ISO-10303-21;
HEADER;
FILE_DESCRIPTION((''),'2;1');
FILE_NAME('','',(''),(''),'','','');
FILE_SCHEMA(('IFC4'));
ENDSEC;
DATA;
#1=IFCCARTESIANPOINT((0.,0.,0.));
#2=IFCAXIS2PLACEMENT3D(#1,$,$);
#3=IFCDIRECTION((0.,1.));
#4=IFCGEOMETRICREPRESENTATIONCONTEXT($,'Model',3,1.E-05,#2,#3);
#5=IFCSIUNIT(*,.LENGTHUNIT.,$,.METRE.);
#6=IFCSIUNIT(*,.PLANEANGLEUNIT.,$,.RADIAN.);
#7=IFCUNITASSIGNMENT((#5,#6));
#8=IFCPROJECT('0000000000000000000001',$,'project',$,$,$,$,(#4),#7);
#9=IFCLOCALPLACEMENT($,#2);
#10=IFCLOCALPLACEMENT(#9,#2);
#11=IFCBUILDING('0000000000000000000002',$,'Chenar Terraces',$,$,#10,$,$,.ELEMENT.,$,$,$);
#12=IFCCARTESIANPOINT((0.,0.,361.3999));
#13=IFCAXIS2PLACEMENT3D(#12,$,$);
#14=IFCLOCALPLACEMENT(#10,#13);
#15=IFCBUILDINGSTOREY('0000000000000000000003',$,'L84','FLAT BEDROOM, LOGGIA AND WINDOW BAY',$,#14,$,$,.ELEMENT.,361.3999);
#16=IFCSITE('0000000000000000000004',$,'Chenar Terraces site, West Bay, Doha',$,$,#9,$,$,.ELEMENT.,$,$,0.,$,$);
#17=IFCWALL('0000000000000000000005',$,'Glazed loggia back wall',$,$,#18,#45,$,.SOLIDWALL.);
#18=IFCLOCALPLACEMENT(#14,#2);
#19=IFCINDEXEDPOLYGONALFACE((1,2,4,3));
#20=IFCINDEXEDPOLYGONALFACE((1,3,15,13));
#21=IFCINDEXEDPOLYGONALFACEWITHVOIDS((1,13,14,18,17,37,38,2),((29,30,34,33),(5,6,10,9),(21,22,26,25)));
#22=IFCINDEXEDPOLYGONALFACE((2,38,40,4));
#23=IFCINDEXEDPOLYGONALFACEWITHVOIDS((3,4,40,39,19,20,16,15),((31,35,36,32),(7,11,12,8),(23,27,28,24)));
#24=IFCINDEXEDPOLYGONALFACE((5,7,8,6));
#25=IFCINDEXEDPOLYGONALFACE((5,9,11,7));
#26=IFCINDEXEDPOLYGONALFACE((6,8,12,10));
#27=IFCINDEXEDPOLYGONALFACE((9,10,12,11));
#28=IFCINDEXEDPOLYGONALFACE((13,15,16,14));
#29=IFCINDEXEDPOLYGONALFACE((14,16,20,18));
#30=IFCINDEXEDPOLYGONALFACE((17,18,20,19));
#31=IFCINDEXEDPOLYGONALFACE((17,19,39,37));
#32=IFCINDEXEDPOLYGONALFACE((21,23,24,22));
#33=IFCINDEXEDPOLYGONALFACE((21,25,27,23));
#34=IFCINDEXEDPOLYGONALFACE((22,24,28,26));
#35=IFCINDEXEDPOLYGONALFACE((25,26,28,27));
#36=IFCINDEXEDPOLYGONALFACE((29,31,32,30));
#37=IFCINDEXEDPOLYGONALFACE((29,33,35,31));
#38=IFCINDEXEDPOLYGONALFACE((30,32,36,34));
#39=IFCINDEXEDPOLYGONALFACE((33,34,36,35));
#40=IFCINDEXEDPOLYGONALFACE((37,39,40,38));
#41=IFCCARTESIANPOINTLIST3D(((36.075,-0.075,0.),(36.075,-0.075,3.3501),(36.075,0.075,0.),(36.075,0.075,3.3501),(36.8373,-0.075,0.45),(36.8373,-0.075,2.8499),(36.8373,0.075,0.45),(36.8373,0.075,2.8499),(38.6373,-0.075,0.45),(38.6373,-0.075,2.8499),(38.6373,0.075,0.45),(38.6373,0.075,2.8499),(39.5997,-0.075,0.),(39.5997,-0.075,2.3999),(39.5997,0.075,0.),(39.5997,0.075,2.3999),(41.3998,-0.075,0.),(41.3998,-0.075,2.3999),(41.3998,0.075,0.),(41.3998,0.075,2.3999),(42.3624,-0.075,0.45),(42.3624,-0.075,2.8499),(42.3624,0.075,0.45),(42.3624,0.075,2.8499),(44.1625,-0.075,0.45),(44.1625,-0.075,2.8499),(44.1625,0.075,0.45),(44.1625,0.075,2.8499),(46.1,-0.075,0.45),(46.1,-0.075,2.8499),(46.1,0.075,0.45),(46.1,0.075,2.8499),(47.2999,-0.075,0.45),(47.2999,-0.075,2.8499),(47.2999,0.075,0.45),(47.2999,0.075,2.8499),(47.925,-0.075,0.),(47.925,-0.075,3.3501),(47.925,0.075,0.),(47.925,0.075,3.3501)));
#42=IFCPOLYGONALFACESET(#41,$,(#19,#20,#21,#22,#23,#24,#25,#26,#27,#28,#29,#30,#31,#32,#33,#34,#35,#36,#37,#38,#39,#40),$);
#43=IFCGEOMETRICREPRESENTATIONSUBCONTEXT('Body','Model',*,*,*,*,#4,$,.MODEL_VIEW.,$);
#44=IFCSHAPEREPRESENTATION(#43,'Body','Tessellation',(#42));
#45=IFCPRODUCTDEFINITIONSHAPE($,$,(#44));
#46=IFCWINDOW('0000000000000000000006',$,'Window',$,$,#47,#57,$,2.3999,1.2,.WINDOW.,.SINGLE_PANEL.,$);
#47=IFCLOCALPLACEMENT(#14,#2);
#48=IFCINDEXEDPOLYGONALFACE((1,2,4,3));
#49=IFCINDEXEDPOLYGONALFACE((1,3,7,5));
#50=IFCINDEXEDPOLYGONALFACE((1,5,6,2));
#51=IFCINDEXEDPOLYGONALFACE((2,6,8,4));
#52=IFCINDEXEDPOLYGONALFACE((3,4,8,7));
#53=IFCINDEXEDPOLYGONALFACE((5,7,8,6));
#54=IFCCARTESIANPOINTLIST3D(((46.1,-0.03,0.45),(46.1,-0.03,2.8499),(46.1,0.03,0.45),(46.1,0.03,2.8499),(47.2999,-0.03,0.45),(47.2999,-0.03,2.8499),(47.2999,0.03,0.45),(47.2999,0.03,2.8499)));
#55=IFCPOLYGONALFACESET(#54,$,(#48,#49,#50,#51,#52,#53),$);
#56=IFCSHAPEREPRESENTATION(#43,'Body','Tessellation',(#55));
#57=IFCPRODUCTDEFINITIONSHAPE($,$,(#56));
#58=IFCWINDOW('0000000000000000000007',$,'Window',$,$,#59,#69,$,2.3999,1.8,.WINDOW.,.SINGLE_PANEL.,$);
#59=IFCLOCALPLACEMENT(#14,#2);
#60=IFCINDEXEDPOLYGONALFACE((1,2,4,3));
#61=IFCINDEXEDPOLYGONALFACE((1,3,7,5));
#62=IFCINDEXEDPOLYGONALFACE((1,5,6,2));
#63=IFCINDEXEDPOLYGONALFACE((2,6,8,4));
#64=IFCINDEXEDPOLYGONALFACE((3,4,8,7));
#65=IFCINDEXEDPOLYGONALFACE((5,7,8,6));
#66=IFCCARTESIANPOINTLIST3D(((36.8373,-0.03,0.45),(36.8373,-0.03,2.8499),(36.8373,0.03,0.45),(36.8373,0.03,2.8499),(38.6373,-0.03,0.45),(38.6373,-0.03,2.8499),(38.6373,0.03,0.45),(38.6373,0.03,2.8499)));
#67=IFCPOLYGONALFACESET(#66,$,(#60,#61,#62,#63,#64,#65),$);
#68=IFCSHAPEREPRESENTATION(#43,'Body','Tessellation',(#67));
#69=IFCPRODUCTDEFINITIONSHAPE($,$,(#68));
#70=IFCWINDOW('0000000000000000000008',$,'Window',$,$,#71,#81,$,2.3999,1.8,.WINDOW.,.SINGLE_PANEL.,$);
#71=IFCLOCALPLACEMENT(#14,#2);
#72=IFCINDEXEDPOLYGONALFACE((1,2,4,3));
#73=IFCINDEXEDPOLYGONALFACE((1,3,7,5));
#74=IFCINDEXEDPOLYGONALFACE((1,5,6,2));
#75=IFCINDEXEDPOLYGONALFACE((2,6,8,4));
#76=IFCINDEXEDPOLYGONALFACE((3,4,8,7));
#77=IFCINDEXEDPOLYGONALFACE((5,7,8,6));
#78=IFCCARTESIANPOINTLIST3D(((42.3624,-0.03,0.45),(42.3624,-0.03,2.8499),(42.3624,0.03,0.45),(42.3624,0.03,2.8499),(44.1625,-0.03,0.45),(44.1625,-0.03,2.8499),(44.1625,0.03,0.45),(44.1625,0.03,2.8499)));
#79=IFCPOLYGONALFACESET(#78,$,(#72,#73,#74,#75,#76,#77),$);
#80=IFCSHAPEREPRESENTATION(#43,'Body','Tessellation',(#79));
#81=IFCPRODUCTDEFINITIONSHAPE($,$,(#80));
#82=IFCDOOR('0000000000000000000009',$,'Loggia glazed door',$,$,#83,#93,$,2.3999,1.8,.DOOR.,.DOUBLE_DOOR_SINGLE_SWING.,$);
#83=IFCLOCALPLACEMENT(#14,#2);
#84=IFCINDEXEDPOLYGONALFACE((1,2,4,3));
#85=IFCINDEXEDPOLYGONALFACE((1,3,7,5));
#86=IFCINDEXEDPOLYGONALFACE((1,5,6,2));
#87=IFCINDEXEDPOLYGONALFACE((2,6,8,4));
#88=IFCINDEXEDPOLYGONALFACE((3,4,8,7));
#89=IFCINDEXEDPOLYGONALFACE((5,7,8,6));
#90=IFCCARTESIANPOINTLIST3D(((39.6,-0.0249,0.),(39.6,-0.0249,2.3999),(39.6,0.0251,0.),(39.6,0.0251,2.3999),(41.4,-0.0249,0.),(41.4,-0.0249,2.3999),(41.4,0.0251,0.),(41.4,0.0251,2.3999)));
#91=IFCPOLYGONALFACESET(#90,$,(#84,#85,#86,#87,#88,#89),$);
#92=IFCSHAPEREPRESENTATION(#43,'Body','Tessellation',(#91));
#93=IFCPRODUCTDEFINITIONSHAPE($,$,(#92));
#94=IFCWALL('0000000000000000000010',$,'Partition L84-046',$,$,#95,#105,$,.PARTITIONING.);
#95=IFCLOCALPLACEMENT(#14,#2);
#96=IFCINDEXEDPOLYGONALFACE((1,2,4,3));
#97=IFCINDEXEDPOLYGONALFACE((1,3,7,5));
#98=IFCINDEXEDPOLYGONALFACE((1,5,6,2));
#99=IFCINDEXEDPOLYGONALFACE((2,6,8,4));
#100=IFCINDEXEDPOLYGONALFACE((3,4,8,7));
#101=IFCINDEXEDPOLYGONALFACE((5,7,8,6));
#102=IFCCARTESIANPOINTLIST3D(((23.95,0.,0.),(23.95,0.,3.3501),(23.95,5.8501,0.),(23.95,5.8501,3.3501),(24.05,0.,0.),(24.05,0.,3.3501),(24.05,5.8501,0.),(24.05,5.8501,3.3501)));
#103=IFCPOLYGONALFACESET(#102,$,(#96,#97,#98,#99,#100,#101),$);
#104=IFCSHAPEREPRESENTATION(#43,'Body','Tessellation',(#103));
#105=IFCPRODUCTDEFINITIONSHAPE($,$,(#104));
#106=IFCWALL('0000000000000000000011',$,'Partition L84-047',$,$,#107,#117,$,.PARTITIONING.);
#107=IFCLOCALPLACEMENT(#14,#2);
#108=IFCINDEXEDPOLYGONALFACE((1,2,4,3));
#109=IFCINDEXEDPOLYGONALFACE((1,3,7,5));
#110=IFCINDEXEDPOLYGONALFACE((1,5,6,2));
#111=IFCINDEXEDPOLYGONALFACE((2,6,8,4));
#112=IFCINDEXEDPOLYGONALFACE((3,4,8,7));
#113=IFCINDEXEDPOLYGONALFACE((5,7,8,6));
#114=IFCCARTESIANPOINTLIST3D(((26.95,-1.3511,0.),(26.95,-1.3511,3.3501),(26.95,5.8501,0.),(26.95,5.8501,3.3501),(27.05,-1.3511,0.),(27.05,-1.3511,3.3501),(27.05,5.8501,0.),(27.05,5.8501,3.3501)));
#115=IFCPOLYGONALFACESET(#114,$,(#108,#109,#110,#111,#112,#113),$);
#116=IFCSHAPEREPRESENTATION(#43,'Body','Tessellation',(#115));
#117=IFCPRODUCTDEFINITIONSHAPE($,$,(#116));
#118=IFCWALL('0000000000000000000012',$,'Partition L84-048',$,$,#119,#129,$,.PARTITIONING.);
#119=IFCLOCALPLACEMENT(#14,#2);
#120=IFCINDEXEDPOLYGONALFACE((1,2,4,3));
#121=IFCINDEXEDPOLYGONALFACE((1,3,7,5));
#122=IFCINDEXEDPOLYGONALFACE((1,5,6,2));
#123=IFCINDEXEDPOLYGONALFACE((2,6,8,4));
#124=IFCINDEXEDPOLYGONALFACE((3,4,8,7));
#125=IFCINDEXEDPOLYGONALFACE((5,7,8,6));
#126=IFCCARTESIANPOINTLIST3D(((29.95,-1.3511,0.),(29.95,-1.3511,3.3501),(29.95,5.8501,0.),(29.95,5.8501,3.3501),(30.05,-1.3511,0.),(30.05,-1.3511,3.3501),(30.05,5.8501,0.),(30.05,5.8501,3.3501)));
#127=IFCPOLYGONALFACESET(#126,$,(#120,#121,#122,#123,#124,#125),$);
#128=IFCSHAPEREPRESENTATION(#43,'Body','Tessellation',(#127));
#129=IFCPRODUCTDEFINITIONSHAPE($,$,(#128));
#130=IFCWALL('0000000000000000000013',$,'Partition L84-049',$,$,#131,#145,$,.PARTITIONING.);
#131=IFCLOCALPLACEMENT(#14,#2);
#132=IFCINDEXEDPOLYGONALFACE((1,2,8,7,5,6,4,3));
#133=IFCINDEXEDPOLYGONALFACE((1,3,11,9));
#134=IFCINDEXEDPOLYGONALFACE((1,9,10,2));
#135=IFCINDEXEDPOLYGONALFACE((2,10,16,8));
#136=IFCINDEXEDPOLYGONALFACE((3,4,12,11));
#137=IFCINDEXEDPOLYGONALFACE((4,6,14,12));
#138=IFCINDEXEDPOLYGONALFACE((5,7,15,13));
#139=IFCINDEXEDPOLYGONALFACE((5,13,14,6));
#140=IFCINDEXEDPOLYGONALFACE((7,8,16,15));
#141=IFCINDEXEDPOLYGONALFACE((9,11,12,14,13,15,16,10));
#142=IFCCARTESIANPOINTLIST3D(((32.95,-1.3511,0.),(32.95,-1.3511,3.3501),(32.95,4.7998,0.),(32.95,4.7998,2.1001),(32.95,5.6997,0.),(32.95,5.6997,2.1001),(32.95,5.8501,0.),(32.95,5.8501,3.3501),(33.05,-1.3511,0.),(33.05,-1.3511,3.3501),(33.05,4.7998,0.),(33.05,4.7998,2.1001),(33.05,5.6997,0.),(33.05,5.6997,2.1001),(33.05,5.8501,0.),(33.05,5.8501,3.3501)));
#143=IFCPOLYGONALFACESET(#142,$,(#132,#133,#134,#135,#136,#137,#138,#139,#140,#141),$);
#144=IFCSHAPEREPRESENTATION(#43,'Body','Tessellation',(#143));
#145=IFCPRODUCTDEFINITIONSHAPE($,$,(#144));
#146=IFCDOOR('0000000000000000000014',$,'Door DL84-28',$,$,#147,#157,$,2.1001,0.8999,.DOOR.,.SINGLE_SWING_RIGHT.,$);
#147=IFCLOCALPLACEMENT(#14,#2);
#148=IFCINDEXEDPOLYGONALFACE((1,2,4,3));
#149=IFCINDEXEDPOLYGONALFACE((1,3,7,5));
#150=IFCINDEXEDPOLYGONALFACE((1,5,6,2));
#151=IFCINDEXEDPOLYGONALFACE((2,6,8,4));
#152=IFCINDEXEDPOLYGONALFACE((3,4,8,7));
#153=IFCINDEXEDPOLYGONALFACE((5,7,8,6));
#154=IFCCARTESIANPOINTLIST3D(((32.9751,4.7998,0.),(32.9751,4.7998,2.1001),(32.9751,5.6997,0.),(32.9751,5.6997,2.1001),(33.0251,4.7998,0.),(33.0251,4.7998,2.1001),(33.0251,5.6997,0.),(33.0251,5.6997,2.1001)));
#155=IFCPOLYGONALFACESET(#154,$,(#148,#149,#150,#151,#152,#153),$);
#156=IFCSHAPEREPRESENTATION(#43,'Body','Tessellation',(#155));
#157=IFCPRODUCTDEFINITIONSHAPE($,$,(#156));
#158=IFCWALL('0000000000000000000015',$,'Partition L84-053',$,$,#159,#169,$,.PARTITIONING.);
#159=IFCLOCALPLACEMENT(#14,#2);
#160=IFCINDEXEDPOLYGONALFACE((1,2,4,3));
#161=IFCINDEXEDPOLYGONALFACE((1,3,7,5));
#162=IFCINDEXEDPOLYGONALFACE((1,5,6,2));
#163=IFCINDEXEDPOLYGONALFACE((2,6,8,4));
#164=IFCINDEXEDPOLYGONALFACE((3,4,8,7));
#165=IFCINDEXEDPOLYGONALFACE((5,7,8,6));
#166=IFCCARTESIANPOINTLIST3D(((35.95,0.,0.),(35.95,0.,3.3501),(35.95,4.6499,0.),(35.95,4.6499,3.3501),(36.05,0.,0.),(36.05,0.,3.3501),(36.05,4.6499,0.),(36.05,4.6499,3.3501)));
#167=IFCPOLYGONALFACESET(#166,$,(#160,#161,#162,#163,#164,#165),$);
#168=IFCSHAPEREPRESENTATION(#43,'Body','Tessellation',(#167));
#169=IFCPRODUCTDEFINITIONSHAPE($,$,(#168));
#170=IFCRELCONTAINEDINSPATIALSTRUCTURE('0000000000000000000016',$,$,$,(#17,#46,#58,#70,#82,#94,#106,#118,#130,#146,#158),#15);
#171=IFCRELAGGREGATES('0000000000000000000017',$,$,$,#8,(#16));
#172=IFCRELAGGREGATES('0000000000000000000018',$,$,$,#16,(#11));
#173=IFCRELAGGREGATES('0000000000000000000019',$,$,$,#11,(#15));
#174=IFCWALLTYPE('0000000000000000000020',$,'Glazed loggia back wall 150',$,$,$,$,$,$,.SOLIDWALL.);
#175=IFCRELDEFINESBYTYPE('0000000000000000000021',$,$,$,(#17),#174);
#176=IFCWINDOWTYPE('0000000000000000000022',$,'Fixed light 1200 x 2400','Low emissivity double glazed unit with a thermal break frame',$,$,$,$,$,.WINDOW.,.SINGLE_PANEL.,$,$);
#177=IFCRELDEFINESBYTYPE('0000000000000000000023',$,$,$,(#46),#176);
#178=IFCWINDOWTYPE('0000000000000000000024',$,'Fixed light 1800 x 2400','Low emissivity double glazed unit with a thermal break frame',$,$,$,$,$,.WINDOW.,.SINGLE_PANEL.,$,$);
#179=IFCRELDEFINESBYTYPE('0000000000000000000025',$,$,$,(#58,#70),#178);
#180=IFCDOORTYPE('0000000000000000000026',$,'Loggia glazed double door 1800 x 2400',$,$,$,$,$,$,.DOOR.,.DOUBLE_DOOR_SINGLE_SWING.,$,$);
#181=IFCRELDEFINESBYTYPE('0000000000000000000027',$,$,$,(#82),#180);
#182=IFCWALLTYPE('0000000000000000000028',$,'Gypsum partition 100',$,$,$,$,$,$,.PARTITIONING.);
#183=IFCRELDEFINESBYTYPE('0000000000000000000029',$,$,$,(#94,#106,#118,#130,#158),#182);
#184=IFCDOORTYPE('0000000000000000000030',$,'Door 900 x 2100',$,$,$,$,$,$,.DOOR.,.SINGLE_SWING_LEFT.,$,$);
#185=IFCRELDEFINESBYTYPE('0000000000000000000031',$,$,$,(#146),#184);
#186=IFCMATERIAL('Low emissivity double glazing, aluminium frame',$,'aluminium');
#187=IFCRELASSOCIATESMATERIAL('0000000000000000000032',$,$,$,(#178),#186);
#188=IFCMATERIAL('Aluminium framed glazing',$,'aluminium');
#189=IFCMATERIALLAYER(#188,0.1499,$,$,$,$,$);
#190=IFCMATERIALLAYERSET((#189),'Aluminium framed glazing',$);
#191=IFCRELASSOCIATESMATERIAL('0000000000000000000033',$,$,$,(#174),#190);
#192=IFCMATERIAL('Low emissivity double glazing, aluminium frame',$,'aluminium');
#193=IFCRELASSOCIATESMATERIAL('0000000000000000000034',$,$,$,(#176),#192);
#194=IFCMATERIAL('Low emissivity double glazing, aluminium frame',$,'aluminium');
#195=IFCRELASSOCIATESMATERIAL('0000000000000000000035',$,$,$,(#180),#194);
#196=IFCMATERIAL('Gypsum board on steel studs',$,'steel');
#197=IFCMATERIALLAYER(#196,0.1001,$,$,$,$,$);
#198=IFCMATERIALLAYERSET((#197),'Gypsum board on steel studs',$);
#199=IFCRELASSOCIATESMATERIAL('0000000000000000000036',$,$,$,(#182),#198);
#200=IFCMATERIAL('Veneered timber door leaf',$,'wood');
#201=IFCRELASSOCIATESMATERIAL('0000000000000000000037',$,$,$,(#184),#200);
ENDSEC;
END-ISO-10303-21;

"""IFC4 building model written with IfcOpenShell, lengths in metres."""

from ifc_helpers import new_model, si_unit, direction, frame, frame_2d, origin, place, context, subcontext, project, spatial, rectangle, extrude, material, layer, layer_set, type_object, element, fill, save


model = new_model("IFC4")

# Units and contexts
model_context = context("Model", 3, precision=1e-05, world=origin(), true_north=direction((0.0, 1.0)))
body_context = subcontext(model_context, "Body", "Model", "MODEL_VIEW")
ifc_project = project(units=[si_unit("LENGTHUNIT", "METRE"), si_unit("PLANEANGLEUNIT", "RADIAN")], contexts=[model_context])

# Site, building, storey
site_placement = place(None, origin())
site = spatial("IfcSite", under=ifc_project, at=site_placement, Name="Chenar Terraces site, West Bay, Doha", CompositionType="ELEMENT", RefElevation=0.0)
building_placement = place(site_placement, origin())
building = spatial("IfcBuilding", under=site, at=building_placement, Name="Chenar Terraces", CompositionType="ELEMENT")
storey_placement = place(building_placement, frame((0.0, 0.0, 361.3999)))
storey = spatial("IfcBuildingStorey", under=building, at=storey_placement, Name="L84", Description="FLAT BEDROOM, LOGGIA AND WINDOW BAY", CompositionType="ELEMENT", Elevation=361.3999)

# Shared definitions
ifc_material_1 = material(Name="Low emissivity double glazing, aluminium frame", Category="aluminium")
window_type_1 = type_object("IfcWindowType", Name="Fixed light 1800 x 2400", Description="Low emissivity double glazed unit with a thermal break frame", PartitioningType="SINGLE_PANEL", PredefinedType="WINDOW", material=ifc_material_1)

# Wall, openings, windows, door
ifc_material_2 = material(Name="Aluminium framed glazing", Category="aluminium")
ifc_layer_1 = layer(ifc_material_2, 0.1499)
ifc_layer_set_1 = layer_set([ifc_layer_1], Name="Aluminium framed glazing")
wall_type_1 = type_object("IfcWallType", Name="Glazed loggia back wall 150", PredefinedType="SOLIDWALL", material=ifc_layer_set_1)
wall_1_placement = place(storey_placement, frame((36.075, 0.0, 0.0), z_axis=(0.0, 0.0, 1.0), x_axis=(1.0, 0.0, 0.0)))
wall_1 = element("IfcWall", 1, at=wall_1_placement, inside=storey, type_object=wall_type_1, Name="Glazed loggia back wall", PredefinedType="SOLIDWALL", context=body_context, shape_type="SweptSolid", body=[
    extrude(rectangle(XDim=11.8501, YDim=0.1499, at=frame_2d((5.925, 0.0))), origin(), (0.0, 0.0, 1.0), 3.3501),
])
opening_1_placement = place(wall_1_placement, frame((0.7625, 0.0, 0.45)))
opening_1 = element("IfcOpeningElement", 2, at=opening_1_placement, cuts=wall_1, PredefinedType="OPENING", context=body_context, shape_type="SweptSolid", body=[
    extrude(rectangle(XDim=1.8, YDim=2.3999, at=frame_2d((0.8999, 1.2))), frame((0.0, 0.085, 0.0), z_axis=(0.0, -1.0, 0.0), x_axis=(1.0, 0.0, 0.0)), (0.0, 0.0, 1.0), 0.1699),
])
opening_2_placement = place(wall_1_placement, frame((3.5249, 0.0, 0.0)))
opening_2 = element("IfcOpeningElement", 3, at=opening_2_placement, cuts=wall_1, PredefinedType="OPENING", context=body_context, shape_type="SweptSolid", body=[
    extrude(rectangle(XDim=1.8, YDim=2.3999, at=frame_2d((0.8999, 1.2))), frame((0.0, 0.085, 0.0), z_axis=(0.0, -1.0, 0.0), x_axis=(1.0, 0.0, 0.0)), (0.0, 0.0, 1.0), 0.1699),
])
opening_3_placement = place(wall_1_placement, frame((6.2876, 0.0, 0.45)))
opening_3 = element("IfcOpeningElement", 4, at=opening_3_placement, cuts=wall_1, PredefinedType="OPENING", context=body_context, shape_type="SweptSolid", body=[
    extrude(rectangle(XDim=1.8, YDim=2.3999, at=frame_2d((0.8999, 1.2))), frame((0.0, 0.085, 0.0), z_axis=(0.0, -1.0, 0.0), x_axis=(1.0, 0.0, 0.0)), (0.0, 0.0, 1.0), 0.1699),
])
opening_4_placement = place(wall_1_placement, frame((10.0249, 0.0, 0.45)))
opening_4 = element("IfcOpeningElement", 5, at=opening_4_placement, cuts=wall_1, PredefinedType="OPENING", context=body_context, shape_type="SweptSolid", body=[
    extrude(rectangle(XDim=1.2, YDim=2.3999, at=frame_2d((0.6001, 1.2))), frame((0.0, 0.085, 0.0), z_axis=(0.0, -1.0, 0.0), x_axis=(1.0, 0.0, 0.0)), (0.0, 0.0, 1.0), 0.1699),
])
ifc_material_3 = material(Name="Low emissivity double glazing, aluminium frame", Category="aluminium")
window_type_2 = type_object("IfcWindowType", Name="Fixed light 1200 x 2400", Description="Low emissivity double glazed unit with a thermal break frame", PartitioningType="SINGLE_PANEL", PredefinedType="WINDOW", material=ifc_material_3)
window_1_placement = place(opening_4_placement, origin())
window_1 = element("IfcWindow", 6, at=window_1_placement, inside=storey, type_object=window_type_2, Name="Window", OverallHeight=2.3999, OverallWidth=1.2, PartitioningType="SINGLE_PANEL", PredefinedType="WINDOW", context=body_context, shape_type="SweptSolid", body=[
    extrude(rectangle(XDim=1.2, YDim=2.3999, at=frame_2d((0.6001, 1.2))), frame((0.0, 0.03, 0.0), z_axis=(0.0, -1.0, 0.0), x_axis=(1.0, 0.0, 0.0)), (0.0, 0.0, 1.0), 0.0601),
])
fill(opening_4, window_1)
window_2_placement = place(opening_1_placement, origin())
window_2 = element("IfcWindow", 7, at=window_2_placement, inside=storey, type_object=window_type_1, Name="Window", OverallHeight=2.3999, OverallWidth=1.8, PartitioningType="SINGLE_PANEL", PredefinedType="WINDOW", context=body_context, shape_type="SweptSolid", body=[
    extrude(rectangle(XDim=1.8, YDim=2.3999, at=frame_2d((0.8999, 1.2))), frame((0.0, 0.03, 0.0), z_axis=(0.0, -1.0, 0.0), x_axis=(1.0, 0.0, 0.0)), (0.0, 0.0, 1.0), 0.0601),
])
fill(opening_1, window_2)
window_3_placement = place(opening_3_placement, origin())
window_3 = element("IfcWindow", 8, at=window_3_placement, inside=storey, type_object=window_type_1, Name="Window", OverallHeight=2.3999, OverallWidth=1.8, PartitioningType="SINGLE_PANEL", PredefinedType="WINDOW", context=body_context, shape_type="SweptSolid", body=[
    extrude(rectangle(XDim=1.8, YDim=2.3999, at=frame_2d((0.8999, 1.2))), frame((0.0, 0.03, 0.0), z_axis=(0.0, -1.0, 0.0), x_axis=(1.0, 0.0, 0.0)), (0.0, 0.0, 1.0), 0.0601),
])
fill(opening_3, window_3)
ifc_material_4 = material(Name="Low emissivity double glazing, aluminium frame", Category="aluminium")
door_type_1 = type_object("IfcDoorType", Name="Loggia glazed double door 1800 x 2400", OperationType="DOUBLE_DOOR_SINGLE_SWING", PredefinedType="DOOR", material=ifc_material_4)
door_1_placement = place(opening_2_placement, frame((1.8, 0.0, 0.0), z_axis=(0.0, 0.0, 1.0), x_axis=(-1.0, 0.0, 0.0)))
door_1 = element("IfcDoor", 9, at=door_1_placement, inside=storey, type_object=door_type_1, Name="Loggia glazed door", OperationType="DOUBLE_DOOR_SINGLE_SWING", OverallHeight=2.3999, OverallWidth=1.8, PredefinedType="DOOR", context=body_context, shape_type="SweptSolid", body=[
    extrude(rectangle(XDim=1.8, YDim=2.3999, at=frame_2d((0.8999, 1.2))), frame((0.0, 0.0249, 0.0), z_axis=(0.0, -1.0, 0.0), x_axis=(1.0, 0.0, 0.0)), (0.0, 0.0, 1.0), 0.05),
])
fill(opening_2, door_1)

# Walls
ifc_material_5 = material(Name="Gypsum board on steel studs", Category="steel")
ifc_layer_2 = layer(ifc_material_5, 0.1001)
ifc_layer_set_2 = layer_set([ifc_layer_2], Name="Gypsum board on steel studs")
wall_type_2 = type_object("IfcWallType", Name="Gypsum partition 100", PredefinedType="PARTITIONING", material=ifc_layer_set_2)
wall_2_placement = place(storey_placement, frame((24.0, 0.0, 0.0), z_axis=(0.0, 0.0, 1.0), x_axis=(0.0, 1.0, 0.0)))
element("IfcWall", 10, at=wall_2_placement, inside=storey, type_object=wall_type_2, Name="Partition L84-046", PredefinedType="PARTITIONING", context=body_context, shape_type="SweptSolid", body=[
    extrude(rectangle(XDim=5.8501, YDim=0.1001, at=frame_2d((2.925, 0.0))), origin(), (0.0, 0.0, 1.0), 3.3501),
])
for number, where, z_axis, x_axis, name in (
    (11, (27.0, -1.3511, 0.0), (0.0, 0.0, 1.0), (0.0, 1.0, 0.0), "Partition L84-047"),
    (12, (30.0, -1.3511, 0.0), (0.0, 0.0, 1.0), (0.0, 1.0, 0.0), "Partition L84-048"),
):
    element("IfcWall", number, at=place(storey_placement, frame(where, z_axis=z_axis, x_axis=x_axis)), inside=storey, type_object=wall_type_2, Name=name, PredefinedType="PARTITIONING", context=body_context, shape_type="SweptSolid", body=[
        extrude(rectangle(XDim=7.2012, YDim=0.1001, at=frame_2d((3.6006, 0.0))), origin(), (0.0, 0.0, 1.0), 3.3501),
    ])

# Wall, opening, door
wall_3_placement = place(storey_placement, frame((33.0, -1.3511, 0.0), z_axis=(0.0, 0.0, 1.0), x_axis=(0.0, 1.0, 0.0)))
wall_3 = element("IfcWall", 13, at=wall_3_placement, inside=storey, type_object=wall_type_2, Name="Partition L84-049", PredefinedType="PARTITIONING", context=body_context, shape_type="SweptSolid", body=[
    extrude(rectangle(XDim=7.2012, YDim=0.1001, at=frame_2d((3.6006, 0.0))), origin(), (0.0, 0.0, 1.0), 3.3501),
])
opening_5_placement = place(wall_3_placement, frame((6.1509, 0.0, 0.0)))
opening_5 = element("IfcOpeningElement", 14, at=opening_5_placement, cuts=wall_3, PredefinedType="OPENING", context=body_context, shape_type="SweptSolid", body=[
    extrude(rectangle(XDim=0.8999, YDim=2.1001, at=frame_2d((0.45, 1.05))), frame((0.0, 0.0601, 0.0), z_axis=(0.0, -1.0, 0.0), x_axis=(1.0, 0.0, 0.0)), (0.0, 0.0, 1.0), 0.1201),
])
ifc_material_6 = material(Name="Veneered timber door leaf", Category="wood")
door_type_2 = type_object("IfcDoorType", Name="Door 900 x 2100", OperationType="SINGLE_SWING_LEFT", PredefinedType="DOOR", material=ifc_material_6)
door_2_placement = place(opening_5_placement, origin())
door_2 = element("IfcDoor", 15, at=door_2_placement, inside=storey, type_object=door_type_2, Name="Door DL84-28", OperationType="SINGLE_SWING_RIGHT", OverallHeight=2.1001, OverallWidth=0.8999, PredefinedType="DOOR", context=body_context, shape_type="SweptSolid", body=[
    extrude(rectangle(XDim=0.8999, YDim=2.1001, at=frame_2d((0.45, 1.05))), frame((0.0, 0.0249, 0.0), z_axis=(0.0, -1.0, 0.0), x_axis=(1.0, 0.0, 0.0)), (0.0, 0.0, 1.0), 0.05),
])
fill(opening_5, door_2)

# Wall
wall_4_placement = place(storey_placement, frame((36.0, 0.0, 0.0), z_axis=(0.0, 0.0, 1.0), x_axis=(0.0, 1.0, 0.0)))
element("IfcWall", 16, at=wall_4_placement, inside=storey, type_object=wall_type_2, Name="Partition L84-053", PredefinedType="PARTITIONING", context=body_context, shape_type="SweptSolid", body=[
    extrude(rectangle(XDim=4.6499, YDim=0.1001, at=frame_2d((2.325, 0.0))), origin(), (0.0, 0.0, 1.0), 3.3501),
])

save(model, "model.ifc")
